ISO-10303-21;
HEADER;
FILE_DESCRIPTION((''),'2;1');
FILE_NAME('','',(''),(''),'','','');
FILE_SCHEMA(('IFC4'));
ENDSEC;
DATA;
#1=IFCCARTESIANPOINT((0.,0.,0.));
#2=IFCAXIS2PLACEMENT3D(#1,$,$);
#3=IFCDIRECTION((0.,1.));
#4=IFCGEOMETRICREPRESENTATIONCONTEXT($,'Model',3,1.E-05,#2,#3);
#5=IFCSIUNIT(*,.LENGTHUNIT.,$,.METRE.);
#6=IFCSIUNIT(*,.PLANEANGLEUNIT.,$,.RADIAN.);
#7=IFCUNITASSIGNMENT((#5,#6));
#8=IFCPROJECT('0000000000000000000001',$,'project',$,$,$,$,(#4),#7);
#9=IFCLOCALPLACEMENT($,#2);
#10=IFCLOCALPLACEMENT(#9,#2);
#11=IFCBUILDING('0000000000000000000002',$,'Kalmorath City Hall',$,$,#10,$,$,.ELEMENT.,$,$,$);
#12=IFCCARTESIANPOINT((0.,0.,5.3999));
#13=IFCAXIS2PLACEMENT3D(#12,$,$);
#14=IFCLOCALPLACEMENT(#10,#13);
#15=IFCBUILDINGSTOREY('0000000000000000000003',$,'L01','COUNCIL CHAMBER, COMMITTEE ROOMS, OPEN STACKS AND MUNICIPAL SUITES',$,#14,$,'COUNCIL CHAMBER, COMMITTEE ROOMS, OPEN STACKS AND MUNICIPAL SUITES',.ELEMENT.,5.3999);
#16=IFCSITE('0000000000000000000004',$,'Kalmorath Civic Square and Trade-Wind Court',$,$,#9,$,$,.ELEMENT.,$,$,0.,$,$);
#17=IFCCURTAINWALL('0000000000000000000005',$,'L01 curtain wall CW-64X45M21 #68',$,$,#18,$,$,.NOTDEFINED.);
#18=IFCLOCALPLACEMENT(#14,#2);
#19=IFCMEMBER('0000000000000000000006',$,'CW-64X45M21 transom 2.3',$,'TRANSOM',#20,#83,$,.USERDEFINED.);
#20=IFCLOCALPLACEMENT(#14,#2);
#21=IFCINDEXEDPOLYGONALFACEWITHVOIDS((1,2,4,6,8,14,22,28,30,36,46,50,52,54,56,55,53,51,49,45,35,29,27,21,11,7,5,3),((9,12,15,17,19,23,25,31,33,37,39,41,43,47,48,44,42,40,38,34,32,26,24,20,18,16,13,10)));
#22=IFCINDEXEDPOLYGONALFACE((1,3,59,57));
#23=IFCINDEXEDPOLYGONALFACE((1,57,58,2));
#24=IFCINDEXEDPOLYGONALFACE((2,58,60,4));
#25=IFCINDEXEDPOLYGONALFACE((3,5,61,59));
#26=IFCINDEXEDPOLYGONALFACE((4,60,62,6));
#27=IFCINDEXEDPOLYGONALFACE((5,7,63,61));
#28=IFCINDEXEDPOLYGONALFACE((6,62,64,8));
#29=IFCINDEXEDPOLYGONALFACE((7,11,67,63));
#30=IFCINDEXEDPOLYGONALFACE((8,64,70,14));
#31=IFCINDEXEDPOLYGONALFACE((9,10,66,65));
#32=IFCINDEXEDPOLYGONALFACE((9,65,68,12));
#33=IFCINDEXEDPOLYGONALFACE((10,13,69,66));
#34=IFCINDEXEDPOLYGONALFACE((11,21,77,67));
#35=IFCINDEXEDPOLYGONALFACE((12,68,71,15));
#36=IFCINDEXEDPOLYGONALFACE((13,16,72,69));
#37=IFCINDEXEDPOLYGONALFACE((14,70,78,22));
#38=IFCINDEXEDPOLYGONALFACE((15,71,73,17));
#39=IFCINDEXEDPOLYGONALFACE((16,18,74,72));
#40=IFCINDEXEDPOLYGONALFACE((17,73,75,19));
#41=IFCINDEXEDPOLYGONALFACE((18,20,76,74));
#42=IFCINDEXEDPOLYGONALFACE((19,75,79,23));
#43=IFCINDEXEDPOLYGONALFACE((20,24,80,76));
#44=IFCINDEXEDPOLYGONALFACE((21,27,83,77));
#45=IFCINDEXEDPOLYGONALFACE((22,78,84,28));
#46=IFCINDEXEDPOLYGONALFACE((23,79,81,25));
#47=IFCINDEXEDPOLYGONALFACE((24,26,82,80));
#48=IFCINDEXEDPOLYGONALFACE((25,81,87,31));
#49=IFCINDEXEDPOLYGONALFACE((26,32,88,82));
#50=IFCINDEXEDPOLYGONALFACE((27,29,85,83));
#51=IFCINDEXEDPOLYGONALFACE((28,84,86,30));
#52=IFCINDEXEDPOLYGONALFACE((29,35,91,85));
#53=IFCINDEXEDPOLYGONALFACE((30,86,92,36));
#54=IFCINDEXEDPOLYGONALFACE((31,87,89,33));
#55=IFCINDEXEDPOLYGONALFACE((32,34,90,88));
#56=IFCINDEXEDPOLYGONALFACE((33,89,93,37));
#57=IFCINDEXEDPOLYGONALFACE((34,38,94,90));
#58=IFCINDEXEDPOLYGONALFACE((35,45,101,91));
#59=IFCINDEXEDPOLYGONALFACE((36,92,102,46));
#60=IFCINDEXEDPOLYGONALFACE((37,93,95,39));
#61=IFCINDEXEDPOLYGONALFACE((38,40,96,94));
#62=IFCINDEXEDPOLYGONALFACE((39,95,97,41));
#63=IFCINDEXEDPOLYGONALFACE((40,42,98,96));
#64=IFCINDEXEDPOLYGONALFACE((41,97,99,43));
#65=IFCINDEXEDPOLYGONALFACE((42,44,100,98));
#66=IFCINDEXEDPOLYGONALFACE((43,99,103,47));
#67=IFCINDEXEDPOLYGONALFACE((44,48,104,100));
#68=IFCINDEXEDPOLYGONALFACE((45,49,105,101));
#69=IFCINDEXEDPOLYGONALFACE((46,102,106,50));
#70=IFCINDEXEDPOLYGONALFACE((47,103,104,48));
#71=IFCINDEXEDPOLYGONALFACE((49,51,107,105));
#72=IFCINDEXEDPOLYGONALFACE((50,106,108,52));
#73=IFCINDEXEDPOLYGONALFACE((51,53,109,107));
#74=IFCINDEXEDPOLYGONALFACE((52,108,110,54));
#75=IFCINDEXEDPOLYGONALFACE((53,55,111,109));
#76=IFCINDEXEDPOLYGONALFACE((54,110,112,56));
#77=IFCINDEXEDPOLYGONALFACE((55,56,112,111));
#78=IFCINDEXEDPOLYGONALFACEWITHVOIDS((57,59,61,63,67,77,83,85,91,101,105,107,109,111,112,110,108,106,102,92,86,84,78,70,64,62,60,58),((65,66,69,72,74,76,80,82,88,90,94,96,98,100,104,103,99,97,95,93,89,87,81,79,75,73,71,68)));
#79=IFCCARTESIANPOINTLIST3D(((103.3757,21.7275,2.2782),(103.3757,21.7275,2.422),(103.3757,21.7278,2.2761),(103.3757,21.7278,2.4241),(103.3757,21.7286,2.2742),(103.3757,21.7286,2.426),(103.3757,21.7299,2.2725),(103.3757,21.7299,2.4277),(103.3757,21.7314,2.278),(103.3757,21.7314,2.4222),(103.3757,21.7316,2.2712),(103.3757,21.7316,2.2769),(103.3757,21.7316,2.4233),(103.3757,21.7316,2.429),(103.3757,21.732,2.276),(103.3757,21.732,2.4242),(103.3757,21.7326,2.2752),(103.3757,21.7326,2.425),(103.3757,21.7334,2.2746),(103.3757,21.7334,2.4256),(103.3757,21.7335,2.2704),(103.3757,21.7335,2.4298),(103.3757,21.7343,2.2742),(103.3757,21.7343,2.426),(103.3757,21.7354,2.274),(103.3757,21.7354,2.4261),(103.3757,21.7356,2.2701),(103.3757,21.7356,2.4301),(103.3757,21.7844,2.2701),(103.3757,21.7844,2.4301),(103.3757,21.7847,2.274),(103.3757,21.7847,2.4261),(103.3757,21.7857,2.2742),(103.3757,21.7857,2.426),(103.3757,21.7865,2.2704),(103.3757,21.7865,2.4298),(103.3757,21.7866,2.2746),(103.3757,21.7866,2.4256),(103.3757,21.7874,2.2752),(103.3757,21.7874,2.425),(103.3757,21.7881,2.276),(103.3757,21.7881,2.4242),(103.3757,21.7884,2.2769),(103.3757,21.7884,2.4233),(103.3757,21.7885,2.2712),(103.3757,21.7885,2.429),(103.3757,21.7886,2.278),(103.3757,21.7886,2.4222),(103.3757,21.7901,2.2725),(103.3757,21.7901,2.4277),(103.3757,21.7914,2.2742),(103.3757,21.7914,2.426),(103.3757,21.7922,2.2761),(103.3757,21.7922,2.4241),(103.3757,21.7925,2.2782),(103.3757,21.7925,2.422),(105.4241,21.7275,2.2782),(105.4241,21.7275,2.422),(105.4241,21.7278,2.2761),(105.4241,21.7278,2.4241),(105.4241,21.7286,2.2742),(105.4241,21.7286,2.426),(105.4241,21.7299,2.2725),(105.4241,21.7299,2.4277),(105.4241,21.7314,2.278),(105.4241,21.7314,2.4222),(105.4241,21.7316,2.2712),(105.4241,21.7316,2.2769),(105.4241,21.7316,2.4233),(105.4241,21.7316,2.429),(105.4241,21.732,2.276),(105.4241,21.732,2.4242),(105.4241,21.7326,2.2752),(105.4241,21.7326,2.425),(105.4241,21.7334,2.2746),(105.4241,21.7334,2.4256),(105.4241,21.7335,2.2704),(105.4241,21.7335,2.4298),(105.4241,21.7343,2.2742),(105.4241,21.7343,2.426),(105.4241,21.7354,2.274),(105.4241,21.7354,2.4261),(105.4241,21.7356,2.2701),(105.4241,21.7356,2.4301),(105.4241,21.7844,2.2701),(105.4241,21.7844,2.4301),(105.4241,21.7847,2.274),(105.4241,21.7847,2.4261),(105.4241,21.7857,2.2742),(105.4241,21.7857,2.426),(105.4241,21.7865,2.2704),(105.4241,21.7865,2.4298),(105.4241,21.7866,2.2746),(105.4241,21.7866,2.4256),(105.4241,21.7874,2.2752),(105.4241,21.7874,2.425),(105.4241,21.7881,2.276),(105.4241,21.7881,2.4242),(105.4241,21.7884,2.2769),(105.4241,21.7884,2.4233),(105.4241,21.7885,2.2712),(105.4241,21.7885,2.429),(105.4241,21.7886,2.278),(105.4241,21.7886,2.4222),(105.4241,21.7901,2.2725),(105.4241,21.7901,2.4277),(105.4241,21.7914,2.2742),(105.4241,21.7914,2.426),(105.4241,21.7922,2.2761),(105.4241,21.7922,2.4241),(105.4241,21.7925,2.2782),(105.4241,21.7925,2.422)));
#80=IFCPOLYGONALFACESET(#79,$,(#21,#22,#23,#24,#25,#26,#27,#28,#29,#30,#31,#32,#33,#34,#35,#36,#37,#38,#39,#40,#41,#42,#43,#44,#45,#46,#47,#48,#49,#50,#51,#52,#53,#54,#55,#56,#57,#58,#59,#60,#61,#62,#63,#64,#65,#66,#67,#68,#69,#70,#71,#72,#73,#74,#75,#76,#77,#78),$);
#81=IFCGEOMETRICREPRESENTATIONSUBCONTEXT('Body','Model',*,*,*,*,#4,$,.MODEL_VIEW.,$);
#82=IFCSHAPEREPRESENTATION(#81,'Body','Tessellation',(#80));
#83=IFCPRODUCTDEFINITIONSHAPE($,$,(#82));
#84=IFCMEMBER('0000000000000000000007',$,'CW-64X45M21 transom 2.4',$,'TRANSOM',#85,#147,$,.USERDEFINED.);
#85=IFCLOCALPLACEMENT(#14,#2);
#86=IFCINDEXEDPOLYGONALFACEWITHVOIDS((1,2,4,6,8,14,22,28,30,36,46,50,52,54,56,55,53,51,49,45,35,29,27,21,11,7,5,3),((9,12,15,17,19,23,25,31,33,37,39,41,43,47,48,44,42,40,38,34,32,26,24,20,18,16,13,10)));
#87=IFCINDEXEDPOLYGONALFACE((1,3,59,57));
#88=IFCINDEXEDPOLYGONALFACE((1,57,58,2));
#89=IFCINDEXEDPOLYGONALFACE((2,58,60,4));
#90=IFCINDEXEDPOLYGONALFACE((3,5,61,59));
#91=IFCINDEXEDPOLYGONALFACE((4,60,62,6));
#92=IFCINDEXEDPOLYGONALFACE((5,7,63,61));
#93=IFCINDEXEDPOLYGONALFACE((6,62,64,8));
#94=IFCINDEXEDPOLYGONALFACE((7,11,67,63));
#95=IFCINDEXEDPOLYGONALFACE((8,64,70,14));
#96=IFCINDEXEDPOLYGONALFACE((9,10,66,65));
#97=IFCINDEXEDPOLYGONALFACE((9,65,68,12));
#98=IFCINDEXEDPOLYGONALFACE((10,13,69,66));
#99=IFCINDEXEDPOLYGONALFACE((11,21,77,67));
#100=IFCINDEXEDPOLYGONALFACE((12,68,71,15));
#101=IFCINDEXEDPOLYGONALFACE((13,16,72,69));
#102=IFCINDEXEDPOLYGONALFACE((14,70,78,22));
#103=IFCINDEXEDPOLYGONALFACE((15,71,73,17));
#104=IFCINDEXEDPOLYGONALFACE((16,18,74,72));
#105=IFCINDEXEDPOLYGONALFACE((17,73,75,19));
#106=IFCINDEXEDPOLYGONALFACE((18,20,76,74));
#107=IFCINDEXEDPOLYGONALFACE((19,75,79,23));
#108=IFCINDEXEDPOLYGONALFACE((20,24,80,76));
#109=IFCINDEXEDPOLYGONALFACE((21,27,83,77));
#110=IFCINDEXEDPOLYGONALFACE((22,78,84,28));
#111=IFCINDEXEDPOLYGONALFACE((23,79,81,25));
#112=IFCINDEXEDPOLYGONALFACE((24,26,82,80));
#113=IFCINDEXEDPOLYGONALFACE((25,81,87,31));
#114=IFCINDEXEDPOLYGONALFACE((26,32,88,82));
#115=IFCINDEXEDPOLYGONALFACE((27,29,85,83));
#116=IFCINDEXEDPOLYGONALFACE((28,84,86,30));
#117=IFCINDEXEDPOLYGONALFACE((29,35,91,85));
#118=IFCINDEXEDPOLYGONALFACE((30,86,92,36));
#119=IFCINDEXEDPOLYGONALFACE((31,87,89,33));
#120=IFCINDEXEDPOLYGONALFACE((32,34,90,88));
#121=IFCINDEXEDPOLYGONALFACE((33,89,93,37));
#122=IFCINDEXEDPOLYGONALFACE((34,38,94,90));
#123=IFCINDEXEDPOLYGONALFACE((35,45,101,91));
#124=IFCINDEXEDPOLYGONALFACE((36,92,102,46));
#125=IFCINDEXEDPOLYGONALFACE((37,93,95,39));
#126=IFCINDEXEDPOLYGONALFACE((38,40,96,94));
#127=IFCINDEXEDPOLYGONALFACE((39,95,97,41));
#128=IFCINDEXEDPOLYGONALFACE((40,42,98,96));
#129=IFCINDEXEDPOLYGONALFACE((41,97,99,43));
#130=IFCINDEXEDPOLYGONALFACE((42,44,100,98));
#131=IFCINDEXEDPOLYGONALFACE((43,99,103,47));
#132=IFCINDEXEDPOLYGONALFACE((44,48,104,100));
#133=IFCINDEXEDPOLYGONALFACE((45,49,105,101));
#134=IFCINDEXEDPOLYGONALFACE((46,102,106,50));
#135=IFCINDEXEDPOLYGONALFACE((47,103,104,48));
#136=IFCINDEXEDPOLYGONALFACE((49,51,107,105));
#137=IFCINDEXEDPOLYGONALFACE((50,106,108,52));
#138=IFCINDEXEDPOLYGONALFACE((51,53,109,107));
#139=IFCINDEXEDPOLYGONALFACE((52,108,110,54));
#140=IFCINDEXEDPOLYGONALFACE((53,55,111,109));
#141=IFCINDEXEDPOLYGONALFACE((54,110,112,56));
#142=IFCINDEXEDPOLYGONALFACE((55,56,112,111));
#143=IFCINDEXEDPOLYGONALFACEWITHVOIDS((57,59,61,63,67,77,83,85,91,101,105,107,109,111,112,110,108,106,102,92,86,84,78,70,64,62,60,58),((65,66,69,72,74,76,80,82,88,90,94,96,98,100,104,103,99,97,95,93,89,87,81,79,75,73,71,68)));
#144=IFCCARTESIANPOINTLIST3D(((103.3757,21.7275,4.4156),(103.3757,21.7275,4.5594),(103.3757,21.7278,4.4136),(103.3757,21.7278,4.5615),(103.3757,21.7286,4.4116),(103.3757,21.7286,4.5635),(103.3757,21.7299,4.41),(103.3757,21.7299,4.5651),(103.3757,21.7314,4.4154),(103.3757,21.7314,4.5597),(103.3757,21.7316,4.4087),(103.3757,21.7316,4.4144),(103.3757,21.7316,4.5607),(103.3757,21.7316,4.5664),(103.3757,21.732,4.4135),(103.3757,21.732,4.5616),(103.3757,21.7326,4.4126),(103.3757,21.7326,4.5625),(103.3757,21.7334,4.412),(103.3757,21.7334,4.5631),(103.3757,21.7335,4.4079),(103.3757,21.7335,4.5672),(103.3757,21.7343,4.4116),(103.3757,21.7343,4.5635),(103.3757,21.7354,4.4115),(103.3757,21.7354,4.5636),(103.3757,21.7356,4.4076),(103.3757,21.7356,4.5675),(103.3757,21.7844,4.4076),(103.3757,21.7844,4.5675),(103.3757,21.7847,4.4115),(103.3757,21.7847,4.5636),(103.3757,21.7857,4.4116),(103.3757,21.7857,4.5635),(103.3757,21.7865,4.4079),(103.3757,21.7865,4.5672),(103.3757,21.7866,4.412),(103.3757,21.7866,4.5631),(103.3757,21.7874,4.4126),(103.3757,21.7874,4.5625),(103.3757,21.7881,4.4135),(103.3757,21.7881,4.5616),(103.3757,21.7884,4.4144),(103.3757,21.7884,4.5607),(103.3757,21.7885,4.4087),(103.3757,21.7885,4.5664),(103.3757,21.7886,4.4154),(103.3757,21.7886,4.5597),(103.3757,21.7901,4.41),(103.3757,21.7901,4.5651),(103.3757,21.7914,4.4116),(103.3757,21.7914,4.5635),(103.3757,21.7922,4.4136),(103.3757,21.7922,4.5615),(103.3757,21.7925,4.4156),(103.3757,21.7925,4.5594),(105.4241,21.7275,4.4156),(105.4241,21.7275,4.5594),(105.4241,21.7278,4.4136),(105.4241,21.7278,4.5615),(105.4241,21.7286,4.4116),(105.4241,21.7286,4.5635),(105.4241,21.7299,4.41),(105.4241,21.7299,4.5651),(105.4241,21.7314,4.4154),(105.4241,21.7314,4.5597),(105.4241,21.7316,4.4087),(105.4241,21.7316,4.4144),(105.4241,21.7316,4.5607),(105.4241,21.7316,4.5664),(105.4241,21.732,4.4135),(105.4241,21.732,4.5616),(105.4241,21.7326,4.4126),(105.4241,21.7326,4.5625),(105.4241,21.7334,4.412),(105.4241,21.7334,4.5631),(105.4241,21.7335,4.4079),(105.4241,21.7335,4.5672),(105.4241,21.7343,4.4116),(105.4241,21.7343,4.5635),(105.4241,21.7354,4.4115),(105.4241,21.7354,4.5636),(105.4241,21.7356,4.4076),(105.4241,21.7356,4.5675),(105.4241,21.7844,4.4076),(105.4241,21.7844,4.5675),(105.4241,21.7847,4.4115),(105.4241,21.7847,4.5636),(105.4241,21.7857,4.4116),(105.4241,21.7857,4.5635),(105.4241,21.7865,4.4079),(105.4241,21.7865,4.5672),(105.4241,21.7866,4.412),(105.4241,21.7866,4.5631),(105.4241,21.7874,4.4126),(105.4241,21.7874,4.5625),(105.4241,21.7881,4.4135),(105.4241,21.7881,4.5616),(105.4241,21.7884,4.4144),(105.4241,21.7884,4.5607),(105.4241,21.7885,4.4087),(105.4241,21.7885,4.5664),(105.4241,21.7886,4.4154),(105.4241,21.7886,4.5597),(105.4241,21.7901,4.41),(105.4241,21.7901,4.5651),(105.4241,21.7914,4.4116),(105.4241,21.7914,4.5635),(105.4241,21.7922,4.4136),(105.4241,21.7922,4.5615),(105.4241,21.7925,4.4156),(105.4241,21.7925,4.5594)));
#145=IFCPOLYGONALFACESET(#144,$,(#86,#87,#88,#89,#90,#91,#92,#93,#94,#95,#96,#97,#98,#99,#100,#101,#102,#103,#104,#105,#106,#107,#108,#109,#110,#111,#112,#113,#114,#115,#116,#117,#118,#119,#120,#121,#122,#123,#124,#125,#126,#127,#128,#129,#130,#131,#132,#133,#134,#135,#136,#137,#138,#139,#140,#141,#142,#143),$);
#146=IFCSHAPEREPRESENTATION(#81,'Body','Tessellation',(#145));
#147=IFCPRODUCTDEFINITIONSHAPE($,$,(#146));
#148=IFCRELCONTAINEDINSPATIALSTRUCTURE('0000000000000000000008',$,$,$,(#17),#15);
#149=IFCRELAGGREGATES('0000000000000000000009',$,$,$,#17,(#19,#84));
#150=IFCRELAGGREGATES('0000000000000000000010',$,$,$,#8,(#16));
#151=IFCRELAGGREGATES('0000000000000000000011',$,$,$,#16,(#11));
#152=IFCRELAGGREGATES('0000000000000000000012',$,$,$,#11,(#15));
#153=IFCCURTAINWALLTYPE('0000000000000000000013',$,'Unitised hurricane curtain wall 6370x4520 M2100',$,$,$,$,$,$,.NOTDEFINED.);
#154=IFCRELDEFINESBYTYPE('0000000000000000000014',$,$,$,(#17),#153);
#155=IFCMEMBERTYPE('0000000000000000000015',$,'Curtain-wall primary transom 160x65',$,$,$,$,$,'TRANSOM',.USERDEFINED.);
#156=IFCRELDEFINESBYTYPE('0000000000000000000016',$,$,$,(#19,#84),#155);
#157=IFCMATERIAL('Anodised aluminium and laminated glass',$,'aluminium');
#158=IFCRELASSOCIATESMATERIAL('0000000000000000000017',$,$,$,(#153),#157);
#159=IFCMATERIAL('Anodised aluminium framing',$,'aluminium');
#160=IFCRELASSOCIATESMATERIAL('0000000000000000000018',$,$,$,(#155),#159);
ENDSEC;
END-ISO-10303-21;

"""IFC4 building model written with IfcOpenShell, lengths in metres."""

from ifc_helpers import new_model, si_unit, direction, frame, origin, origin_2d, place, context, subcontext, project, spatial, hollow_rectangle, extrude, material, material_profile, profile_set, type_object, element, aggregate, save


model = new_model("IFC4")

# Units and contexts
model_context = context("Model", 3, precision=1e-05, world=origin(), true_north=direction((0.0, 1.0)))
body_context = subcontext(model_context, "Body", "Model", "MODEL_VIEW")
ifc_project = project(units=[si_unit("LENGTHUNIT", "METRE"), si_unit("PLANEANGLEUNIT", "RADIAN")], contexts=[model_context])

# Site, building, storey
site_placement = place(None, origin())
site = spatial("IfcSite", under=ifc_project, at=site_placement, Name="Kalmorath Civic Square and Trade-Wind Court", CompositionType="ELEMENT", RefElevation=0.0)
building_placement = place(site_placement, origin())
building = spatial("IfcBuilding", under=site, at=building_placement, Name="Kalmorath City Hall", CompositionType="ELEMENT")
storey_placement = place(building_placement, frame((0.0, 0.0, 5.3999)))
storey = spatial("IfcBuildingStorey", under=building, at=storey_placement, Name="L01", Description="COUNCIL CHAMBER, COMMITTEE ROOMS, OPEN STACKS AND MUNICIPAL SUITES", LongName="COUNCIL CHAMBER, COMMITTEE ROOMS, OPEN STACKS AND MUNICIPAL SUITES", CompositionType="ELEMENT", Elevation=5.3999)

# Curtain wall
ifc_material_1 = material(Name="Anodised aluminium and laminated glass", Category="aluminium")
curtain_wall_type_1 = type_object("IfcCurtainWallType", Name="Unitised hurricane curtain wall 6370x4520 M2100", PredefinedType="NOTDEFINED", material=ifc_material_1)
curtain_wall_1_placement = place(storey_placement, origin())
curtain_wall_1 = element("IfcCurtainWall", 1, at=curtain_wall_1_placement, inside=storey, type_object=curtain_wall_type_1, Name="L01 curtain wall CW-64X45M21 #68", PredefinedType="NOTDEFINED")

# Members
ifc_material_2 = material(Name="Anodised aluminium framing", Category="aluminium")
ifc_material_profile_1 = material_profile(ifc_material_2, hollow_rectangle(XDim=0.0649, YDim=0.1599, WallThickness=0.0039, InnerFilletRadius=0.0039, OuterFilletRadius=0.0081, at=origin_2d()), Name="ALU-TRN-160X65X4")
ifc_profile_set_1 = profile_set([ifc_material_profile_1], Name="Anodised aluminium framing")
member_type_1 = type_object("IfcMemberType", Name="Curtain-wall primary transom 160x65", ElementType="TRANSOM", PredefinedType="USERDEFINED", material=ifc_profile_set_1)
member_1_placement = place(storey_placement, frame((105.4241, 21.76, 2.3501), z_axis=(-1.0, 0.0, 0.0), x_axis=(0.0, -1.0, 0.0)))
member_1 = element("IfcMember", 2, at=member_1_placement, type_object=member_type_1, Name="CW-64X45M21 transom 2.3", ObjectType="TRANSOM", PredefinedType="USERDEFINED", context=body_context, shape_type="SweptSolid", body=[
    extrude(hollow_rectangle(XDim=0.0649, YDim=0.1599, WallThickness=0.0039, InnerFilletRadius=0.0039, OuterFilletRadius=0.0081, at=origin_2d()), origin(), (0.0, 0.0, 1.0), 2.0483),
])
member_2_placement = place(storey_placement, frame((105.4241, 21.76, 4.4875), z_axis=(-1.0, 0.0, 0.0), x_axis=(0.0, -1.0, 0.0)))
member_2 = element("IfcMember", 3, at=member_2_placement, type_object=member_type_1, Name="CW-64X45M21 transom 2.4", ObjectType="TRANSOM", PredefinedType="USERDEFINED", context=body_context, shape_type="SweptSolid", body=[
    extrude(hollow_rectangle(XDim=0.0649, YDim=0.1599, WallThickness=0.0039, InnerFilletRadius=0.0039, OuterFilletRadius=0.0081, at=origin_2d()), origin(), (0.0, 0.0, 1.0), 2.0483),
])

aggregate(curtain_wall_1, [member_1, member_2])

save(model, "model.ifc")
